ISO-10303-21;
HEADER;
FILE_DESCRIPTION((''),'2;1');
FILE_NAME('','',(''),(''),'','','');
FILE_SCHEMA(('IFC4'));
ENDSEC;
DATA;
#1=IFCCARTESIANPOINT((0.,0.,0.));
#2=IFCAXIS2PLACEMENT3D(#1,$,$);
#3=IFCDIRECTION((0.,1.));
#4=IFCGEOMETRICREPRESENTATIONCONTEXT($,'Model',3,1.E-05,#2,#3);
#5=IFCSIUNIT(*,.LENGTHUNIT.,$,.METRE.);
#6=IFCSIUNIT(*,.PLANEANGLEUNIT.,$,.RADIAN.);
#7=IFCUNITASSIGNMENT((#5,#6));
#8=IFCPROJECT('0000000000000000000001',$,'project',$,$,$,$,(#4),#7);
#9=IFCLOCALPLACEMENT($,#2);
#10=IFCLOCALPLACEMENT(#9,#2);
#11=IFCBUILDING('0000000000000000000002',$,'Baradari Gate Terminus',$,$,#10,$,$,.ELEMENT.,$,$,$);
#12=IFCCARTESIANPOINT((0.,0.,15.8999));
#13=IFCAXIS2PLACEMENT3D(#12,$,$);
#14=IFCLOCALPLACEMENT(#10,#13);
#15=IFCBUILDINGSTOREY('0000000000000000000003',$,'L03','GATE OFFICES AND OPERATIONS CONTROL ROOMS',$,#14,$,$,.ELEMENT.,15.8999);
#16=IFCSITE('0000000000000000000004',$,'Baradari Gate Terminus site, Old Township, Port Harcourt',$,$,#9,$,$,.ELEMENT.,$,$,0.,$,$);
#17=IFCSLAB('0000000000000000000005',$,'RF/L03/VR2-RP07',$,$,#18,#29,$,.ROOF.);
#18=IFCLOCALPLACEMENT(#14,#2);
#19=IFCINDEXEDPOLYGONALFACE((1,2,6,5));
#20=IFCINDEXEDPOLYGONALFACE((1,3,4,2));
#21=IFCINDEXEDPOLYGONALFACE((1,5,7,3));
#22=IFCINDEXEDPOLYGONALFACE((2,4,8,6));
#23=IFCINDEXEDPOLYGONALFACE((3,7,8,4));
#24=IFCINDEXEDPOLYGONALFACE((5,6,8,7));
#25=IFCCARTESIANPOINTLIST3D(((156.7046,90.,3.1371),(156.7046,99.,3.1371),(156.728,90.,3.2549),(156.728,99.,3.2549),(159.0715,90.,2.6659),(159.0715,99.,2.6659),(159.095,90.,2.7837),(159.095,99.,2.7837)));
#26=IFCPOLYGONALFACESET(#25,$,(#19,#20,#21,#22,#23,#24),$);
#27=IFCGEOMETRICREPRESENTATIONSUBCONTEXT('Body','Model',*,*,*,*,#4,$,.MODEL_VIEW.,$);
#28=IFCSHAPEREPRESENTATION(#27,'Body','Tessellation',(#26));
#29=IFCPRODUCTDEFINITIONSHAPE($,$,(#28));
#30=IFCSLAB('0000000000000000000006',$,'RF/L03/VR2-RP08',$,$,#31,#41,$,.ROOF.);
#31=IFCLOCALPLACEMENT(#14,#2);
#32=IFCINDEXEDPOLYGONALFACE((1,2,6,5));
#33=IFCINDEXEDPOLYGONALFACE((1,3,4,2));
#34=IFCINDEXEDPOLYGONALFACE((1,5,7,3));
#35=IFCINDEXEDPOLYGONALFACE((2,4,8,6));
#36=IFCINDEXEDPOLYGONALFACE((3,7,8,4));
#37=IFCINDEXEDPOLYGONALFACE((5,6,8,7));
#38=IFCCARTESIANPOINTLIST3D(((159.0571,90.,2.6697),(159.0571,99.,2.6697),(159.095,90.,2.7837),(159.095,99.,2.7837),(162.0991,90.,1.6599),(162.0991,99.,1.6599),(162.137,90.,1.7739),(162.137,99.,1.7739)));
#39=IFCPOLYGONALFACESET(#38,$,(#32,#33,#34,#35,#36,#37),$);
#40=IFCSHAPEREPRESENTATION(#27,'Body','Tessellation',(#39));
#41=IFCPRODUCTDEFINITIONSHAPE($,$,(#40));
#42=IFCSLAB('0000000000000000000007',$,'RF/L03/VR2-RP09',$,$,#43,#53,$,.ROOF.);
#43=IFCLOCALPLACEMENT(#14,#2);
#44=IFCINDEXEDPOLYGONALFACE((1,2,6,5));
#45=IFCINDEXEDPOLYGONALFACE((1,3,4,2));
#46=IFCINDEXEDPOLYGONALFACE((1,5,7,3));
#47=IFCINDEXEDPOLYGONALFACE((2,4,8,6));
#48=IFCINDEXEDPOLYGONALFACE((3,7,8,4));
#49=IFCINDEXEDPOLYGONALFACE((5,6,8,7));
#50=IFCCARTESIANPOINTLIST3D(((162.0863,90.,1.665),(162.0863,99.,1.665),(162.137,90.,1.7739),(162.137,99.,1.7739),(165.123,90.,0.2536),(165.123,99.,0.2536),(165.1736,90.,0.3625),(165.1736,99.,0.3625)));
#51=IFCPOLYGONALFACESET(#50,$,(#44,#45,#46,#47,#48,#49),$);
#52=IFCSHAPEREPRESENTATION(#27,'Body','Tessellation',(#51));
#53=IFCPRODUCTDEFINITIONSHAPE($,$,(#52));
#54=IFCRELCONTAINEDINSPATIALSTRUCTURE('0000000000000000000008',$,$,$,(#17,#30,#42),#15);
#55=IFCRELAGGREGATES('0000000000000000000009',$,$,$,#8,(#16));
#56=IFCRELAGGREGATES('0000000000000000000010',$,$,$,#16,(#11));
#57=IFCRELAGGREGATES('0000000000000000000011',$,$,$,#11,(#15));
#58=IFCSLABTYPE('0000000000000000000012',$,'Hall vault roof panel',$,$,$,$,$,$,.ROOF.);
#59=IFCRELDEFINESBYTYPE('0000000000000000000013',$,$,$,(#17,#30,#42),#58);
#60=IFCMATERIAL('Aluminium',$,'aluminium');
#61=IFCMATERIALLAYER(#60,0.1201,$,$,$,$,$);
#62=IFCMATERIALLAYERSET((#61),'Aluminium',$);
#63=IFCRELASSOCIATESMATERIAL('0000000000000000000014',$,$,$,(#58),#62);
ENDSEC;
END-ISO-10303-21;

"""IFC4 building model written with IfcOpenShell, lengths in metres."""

from ifc_helpers import new_model, si_unit, direction, frame, origin, place, context, subcontext, project, spatial, polyline, outline, extrude, material, layer, layer_set, type_object, element, save


model = new_model("IFC4")

# Units and contexts
model_context = context("Model", 3, precision=1e-05, world=origin(), true_north=direction((0.0, 1.0)))
body_context = subcontext(model_context, "Body", "Model", "MODEL_VIEW")
ifc_project = project(units=[si_unit("LENGTHUNIT", "METRE"), si_unit("PLANEANGLEUNIT", "RADIAN")], contexts=[model_context])

# Site, building, storey
site_placement = place(None, origin())
site = spatial("IfcSite", under=ifc_project, at=site_placement, Name="Baradari Gate Terminus site, Old Township, Port Harcourt", CompositionType="ELEMENT", RefElevation=0.0)
building_placement = place(site_placement, origin())
building = spatial("IfcBuilding", under=site, at=building_placement, Name="Baradari Gate Terminus", CompositionType="ELEMENT")
storey_placement = place(building_placement, frame((0.0, 0.0, 15.8999)))
storey = spatial("IfcBuildingStorey", under=building, at=storey_placement, Name="L03", Description="GATE OFFICES AND OPERATIONS CONTROL ROOMS", CompositionType="ELEMENT", Elevation=15.8999)

# Slabs
ifc_material_1 = material(Name="Aluminium", Category="aluminium")
ifc_layer = layer(ifc_material_1, 0.1201)
ifc_layer_set = layer_set([ifc_layer], Name="Aluminium")
slab_type = type_object("IfcSlabType", Name="Hall vault roof panel", PredefinedType="ROOF", material=ifc_layer_set)
slab_1_placement = place(storey_placement, frame((156.728, 90.0, 3.2549), z_axis=(0.195241, 0.0, 0.980755), x_axis=(0.0, 1.0, 0.0)))
element("IfcSlab", 1, at=slab_1_placement, inside=storey, type_object=slab_type, Name="RF/L03/VR2-RP07", PredefinedType="ROOF", context=body_context, shape_type="SweptSolid", body=[
    extrude(outline(polyline([(0.0, 0.0), (9.0, 0.0), (9.0, -2.4134), (0.0, -2.4134), (0.0, 0.0)])), origin(), (0.0, 0.0, -1.0), 0.1201),
])
slab_2_placement = place(storey_placement, frame((159.095, 90.0, 2.7837), z_axis=(0.315039, 0.0, 0.949079), x_axis=(0.0, 1.0, 0.0)))
element("IfcSlab", 2, at=slab_2_placement, inside=storey, type_object=slab_type, Name="RF/L03/VR2-RP08", PredefinedType="ROOF", context=body_context, shape_type="SweptSolid", body=[
    extrude(outline(polyline([(0.0, 0.0), (9.0, 0.0), (9.0, -3.2052), (0.0, -3.2052), (0.0, 0.0)])), origin(), (0.0, 0.0, -1.0), 0.1201),
])
slab_3_placement = place(storey_placement, frame((162.137, 90.0, 1.7739), z_axis=(0.421484, 0.0, 0.906836), x_axis=(0.0, 1.0, 0.0)))
element("IfcSlab", 3, at=slab_3_placement, inside=storey, type_object=slab_type, Name="RF/L03/VR2-RP09", PredefinedType="ROOF", context=body_context, shape_type="SweptSolid", body=[
    extrude(outline(polyline([(0.0, 0.0), (9.0, 0.0), (9.0, -3.3486), (0.0, -3.3486), (0.0, 0.0)])), origin(), (0.0, 0.0, -1.0), 0.1201),
])

save(model, "model.ifc")
